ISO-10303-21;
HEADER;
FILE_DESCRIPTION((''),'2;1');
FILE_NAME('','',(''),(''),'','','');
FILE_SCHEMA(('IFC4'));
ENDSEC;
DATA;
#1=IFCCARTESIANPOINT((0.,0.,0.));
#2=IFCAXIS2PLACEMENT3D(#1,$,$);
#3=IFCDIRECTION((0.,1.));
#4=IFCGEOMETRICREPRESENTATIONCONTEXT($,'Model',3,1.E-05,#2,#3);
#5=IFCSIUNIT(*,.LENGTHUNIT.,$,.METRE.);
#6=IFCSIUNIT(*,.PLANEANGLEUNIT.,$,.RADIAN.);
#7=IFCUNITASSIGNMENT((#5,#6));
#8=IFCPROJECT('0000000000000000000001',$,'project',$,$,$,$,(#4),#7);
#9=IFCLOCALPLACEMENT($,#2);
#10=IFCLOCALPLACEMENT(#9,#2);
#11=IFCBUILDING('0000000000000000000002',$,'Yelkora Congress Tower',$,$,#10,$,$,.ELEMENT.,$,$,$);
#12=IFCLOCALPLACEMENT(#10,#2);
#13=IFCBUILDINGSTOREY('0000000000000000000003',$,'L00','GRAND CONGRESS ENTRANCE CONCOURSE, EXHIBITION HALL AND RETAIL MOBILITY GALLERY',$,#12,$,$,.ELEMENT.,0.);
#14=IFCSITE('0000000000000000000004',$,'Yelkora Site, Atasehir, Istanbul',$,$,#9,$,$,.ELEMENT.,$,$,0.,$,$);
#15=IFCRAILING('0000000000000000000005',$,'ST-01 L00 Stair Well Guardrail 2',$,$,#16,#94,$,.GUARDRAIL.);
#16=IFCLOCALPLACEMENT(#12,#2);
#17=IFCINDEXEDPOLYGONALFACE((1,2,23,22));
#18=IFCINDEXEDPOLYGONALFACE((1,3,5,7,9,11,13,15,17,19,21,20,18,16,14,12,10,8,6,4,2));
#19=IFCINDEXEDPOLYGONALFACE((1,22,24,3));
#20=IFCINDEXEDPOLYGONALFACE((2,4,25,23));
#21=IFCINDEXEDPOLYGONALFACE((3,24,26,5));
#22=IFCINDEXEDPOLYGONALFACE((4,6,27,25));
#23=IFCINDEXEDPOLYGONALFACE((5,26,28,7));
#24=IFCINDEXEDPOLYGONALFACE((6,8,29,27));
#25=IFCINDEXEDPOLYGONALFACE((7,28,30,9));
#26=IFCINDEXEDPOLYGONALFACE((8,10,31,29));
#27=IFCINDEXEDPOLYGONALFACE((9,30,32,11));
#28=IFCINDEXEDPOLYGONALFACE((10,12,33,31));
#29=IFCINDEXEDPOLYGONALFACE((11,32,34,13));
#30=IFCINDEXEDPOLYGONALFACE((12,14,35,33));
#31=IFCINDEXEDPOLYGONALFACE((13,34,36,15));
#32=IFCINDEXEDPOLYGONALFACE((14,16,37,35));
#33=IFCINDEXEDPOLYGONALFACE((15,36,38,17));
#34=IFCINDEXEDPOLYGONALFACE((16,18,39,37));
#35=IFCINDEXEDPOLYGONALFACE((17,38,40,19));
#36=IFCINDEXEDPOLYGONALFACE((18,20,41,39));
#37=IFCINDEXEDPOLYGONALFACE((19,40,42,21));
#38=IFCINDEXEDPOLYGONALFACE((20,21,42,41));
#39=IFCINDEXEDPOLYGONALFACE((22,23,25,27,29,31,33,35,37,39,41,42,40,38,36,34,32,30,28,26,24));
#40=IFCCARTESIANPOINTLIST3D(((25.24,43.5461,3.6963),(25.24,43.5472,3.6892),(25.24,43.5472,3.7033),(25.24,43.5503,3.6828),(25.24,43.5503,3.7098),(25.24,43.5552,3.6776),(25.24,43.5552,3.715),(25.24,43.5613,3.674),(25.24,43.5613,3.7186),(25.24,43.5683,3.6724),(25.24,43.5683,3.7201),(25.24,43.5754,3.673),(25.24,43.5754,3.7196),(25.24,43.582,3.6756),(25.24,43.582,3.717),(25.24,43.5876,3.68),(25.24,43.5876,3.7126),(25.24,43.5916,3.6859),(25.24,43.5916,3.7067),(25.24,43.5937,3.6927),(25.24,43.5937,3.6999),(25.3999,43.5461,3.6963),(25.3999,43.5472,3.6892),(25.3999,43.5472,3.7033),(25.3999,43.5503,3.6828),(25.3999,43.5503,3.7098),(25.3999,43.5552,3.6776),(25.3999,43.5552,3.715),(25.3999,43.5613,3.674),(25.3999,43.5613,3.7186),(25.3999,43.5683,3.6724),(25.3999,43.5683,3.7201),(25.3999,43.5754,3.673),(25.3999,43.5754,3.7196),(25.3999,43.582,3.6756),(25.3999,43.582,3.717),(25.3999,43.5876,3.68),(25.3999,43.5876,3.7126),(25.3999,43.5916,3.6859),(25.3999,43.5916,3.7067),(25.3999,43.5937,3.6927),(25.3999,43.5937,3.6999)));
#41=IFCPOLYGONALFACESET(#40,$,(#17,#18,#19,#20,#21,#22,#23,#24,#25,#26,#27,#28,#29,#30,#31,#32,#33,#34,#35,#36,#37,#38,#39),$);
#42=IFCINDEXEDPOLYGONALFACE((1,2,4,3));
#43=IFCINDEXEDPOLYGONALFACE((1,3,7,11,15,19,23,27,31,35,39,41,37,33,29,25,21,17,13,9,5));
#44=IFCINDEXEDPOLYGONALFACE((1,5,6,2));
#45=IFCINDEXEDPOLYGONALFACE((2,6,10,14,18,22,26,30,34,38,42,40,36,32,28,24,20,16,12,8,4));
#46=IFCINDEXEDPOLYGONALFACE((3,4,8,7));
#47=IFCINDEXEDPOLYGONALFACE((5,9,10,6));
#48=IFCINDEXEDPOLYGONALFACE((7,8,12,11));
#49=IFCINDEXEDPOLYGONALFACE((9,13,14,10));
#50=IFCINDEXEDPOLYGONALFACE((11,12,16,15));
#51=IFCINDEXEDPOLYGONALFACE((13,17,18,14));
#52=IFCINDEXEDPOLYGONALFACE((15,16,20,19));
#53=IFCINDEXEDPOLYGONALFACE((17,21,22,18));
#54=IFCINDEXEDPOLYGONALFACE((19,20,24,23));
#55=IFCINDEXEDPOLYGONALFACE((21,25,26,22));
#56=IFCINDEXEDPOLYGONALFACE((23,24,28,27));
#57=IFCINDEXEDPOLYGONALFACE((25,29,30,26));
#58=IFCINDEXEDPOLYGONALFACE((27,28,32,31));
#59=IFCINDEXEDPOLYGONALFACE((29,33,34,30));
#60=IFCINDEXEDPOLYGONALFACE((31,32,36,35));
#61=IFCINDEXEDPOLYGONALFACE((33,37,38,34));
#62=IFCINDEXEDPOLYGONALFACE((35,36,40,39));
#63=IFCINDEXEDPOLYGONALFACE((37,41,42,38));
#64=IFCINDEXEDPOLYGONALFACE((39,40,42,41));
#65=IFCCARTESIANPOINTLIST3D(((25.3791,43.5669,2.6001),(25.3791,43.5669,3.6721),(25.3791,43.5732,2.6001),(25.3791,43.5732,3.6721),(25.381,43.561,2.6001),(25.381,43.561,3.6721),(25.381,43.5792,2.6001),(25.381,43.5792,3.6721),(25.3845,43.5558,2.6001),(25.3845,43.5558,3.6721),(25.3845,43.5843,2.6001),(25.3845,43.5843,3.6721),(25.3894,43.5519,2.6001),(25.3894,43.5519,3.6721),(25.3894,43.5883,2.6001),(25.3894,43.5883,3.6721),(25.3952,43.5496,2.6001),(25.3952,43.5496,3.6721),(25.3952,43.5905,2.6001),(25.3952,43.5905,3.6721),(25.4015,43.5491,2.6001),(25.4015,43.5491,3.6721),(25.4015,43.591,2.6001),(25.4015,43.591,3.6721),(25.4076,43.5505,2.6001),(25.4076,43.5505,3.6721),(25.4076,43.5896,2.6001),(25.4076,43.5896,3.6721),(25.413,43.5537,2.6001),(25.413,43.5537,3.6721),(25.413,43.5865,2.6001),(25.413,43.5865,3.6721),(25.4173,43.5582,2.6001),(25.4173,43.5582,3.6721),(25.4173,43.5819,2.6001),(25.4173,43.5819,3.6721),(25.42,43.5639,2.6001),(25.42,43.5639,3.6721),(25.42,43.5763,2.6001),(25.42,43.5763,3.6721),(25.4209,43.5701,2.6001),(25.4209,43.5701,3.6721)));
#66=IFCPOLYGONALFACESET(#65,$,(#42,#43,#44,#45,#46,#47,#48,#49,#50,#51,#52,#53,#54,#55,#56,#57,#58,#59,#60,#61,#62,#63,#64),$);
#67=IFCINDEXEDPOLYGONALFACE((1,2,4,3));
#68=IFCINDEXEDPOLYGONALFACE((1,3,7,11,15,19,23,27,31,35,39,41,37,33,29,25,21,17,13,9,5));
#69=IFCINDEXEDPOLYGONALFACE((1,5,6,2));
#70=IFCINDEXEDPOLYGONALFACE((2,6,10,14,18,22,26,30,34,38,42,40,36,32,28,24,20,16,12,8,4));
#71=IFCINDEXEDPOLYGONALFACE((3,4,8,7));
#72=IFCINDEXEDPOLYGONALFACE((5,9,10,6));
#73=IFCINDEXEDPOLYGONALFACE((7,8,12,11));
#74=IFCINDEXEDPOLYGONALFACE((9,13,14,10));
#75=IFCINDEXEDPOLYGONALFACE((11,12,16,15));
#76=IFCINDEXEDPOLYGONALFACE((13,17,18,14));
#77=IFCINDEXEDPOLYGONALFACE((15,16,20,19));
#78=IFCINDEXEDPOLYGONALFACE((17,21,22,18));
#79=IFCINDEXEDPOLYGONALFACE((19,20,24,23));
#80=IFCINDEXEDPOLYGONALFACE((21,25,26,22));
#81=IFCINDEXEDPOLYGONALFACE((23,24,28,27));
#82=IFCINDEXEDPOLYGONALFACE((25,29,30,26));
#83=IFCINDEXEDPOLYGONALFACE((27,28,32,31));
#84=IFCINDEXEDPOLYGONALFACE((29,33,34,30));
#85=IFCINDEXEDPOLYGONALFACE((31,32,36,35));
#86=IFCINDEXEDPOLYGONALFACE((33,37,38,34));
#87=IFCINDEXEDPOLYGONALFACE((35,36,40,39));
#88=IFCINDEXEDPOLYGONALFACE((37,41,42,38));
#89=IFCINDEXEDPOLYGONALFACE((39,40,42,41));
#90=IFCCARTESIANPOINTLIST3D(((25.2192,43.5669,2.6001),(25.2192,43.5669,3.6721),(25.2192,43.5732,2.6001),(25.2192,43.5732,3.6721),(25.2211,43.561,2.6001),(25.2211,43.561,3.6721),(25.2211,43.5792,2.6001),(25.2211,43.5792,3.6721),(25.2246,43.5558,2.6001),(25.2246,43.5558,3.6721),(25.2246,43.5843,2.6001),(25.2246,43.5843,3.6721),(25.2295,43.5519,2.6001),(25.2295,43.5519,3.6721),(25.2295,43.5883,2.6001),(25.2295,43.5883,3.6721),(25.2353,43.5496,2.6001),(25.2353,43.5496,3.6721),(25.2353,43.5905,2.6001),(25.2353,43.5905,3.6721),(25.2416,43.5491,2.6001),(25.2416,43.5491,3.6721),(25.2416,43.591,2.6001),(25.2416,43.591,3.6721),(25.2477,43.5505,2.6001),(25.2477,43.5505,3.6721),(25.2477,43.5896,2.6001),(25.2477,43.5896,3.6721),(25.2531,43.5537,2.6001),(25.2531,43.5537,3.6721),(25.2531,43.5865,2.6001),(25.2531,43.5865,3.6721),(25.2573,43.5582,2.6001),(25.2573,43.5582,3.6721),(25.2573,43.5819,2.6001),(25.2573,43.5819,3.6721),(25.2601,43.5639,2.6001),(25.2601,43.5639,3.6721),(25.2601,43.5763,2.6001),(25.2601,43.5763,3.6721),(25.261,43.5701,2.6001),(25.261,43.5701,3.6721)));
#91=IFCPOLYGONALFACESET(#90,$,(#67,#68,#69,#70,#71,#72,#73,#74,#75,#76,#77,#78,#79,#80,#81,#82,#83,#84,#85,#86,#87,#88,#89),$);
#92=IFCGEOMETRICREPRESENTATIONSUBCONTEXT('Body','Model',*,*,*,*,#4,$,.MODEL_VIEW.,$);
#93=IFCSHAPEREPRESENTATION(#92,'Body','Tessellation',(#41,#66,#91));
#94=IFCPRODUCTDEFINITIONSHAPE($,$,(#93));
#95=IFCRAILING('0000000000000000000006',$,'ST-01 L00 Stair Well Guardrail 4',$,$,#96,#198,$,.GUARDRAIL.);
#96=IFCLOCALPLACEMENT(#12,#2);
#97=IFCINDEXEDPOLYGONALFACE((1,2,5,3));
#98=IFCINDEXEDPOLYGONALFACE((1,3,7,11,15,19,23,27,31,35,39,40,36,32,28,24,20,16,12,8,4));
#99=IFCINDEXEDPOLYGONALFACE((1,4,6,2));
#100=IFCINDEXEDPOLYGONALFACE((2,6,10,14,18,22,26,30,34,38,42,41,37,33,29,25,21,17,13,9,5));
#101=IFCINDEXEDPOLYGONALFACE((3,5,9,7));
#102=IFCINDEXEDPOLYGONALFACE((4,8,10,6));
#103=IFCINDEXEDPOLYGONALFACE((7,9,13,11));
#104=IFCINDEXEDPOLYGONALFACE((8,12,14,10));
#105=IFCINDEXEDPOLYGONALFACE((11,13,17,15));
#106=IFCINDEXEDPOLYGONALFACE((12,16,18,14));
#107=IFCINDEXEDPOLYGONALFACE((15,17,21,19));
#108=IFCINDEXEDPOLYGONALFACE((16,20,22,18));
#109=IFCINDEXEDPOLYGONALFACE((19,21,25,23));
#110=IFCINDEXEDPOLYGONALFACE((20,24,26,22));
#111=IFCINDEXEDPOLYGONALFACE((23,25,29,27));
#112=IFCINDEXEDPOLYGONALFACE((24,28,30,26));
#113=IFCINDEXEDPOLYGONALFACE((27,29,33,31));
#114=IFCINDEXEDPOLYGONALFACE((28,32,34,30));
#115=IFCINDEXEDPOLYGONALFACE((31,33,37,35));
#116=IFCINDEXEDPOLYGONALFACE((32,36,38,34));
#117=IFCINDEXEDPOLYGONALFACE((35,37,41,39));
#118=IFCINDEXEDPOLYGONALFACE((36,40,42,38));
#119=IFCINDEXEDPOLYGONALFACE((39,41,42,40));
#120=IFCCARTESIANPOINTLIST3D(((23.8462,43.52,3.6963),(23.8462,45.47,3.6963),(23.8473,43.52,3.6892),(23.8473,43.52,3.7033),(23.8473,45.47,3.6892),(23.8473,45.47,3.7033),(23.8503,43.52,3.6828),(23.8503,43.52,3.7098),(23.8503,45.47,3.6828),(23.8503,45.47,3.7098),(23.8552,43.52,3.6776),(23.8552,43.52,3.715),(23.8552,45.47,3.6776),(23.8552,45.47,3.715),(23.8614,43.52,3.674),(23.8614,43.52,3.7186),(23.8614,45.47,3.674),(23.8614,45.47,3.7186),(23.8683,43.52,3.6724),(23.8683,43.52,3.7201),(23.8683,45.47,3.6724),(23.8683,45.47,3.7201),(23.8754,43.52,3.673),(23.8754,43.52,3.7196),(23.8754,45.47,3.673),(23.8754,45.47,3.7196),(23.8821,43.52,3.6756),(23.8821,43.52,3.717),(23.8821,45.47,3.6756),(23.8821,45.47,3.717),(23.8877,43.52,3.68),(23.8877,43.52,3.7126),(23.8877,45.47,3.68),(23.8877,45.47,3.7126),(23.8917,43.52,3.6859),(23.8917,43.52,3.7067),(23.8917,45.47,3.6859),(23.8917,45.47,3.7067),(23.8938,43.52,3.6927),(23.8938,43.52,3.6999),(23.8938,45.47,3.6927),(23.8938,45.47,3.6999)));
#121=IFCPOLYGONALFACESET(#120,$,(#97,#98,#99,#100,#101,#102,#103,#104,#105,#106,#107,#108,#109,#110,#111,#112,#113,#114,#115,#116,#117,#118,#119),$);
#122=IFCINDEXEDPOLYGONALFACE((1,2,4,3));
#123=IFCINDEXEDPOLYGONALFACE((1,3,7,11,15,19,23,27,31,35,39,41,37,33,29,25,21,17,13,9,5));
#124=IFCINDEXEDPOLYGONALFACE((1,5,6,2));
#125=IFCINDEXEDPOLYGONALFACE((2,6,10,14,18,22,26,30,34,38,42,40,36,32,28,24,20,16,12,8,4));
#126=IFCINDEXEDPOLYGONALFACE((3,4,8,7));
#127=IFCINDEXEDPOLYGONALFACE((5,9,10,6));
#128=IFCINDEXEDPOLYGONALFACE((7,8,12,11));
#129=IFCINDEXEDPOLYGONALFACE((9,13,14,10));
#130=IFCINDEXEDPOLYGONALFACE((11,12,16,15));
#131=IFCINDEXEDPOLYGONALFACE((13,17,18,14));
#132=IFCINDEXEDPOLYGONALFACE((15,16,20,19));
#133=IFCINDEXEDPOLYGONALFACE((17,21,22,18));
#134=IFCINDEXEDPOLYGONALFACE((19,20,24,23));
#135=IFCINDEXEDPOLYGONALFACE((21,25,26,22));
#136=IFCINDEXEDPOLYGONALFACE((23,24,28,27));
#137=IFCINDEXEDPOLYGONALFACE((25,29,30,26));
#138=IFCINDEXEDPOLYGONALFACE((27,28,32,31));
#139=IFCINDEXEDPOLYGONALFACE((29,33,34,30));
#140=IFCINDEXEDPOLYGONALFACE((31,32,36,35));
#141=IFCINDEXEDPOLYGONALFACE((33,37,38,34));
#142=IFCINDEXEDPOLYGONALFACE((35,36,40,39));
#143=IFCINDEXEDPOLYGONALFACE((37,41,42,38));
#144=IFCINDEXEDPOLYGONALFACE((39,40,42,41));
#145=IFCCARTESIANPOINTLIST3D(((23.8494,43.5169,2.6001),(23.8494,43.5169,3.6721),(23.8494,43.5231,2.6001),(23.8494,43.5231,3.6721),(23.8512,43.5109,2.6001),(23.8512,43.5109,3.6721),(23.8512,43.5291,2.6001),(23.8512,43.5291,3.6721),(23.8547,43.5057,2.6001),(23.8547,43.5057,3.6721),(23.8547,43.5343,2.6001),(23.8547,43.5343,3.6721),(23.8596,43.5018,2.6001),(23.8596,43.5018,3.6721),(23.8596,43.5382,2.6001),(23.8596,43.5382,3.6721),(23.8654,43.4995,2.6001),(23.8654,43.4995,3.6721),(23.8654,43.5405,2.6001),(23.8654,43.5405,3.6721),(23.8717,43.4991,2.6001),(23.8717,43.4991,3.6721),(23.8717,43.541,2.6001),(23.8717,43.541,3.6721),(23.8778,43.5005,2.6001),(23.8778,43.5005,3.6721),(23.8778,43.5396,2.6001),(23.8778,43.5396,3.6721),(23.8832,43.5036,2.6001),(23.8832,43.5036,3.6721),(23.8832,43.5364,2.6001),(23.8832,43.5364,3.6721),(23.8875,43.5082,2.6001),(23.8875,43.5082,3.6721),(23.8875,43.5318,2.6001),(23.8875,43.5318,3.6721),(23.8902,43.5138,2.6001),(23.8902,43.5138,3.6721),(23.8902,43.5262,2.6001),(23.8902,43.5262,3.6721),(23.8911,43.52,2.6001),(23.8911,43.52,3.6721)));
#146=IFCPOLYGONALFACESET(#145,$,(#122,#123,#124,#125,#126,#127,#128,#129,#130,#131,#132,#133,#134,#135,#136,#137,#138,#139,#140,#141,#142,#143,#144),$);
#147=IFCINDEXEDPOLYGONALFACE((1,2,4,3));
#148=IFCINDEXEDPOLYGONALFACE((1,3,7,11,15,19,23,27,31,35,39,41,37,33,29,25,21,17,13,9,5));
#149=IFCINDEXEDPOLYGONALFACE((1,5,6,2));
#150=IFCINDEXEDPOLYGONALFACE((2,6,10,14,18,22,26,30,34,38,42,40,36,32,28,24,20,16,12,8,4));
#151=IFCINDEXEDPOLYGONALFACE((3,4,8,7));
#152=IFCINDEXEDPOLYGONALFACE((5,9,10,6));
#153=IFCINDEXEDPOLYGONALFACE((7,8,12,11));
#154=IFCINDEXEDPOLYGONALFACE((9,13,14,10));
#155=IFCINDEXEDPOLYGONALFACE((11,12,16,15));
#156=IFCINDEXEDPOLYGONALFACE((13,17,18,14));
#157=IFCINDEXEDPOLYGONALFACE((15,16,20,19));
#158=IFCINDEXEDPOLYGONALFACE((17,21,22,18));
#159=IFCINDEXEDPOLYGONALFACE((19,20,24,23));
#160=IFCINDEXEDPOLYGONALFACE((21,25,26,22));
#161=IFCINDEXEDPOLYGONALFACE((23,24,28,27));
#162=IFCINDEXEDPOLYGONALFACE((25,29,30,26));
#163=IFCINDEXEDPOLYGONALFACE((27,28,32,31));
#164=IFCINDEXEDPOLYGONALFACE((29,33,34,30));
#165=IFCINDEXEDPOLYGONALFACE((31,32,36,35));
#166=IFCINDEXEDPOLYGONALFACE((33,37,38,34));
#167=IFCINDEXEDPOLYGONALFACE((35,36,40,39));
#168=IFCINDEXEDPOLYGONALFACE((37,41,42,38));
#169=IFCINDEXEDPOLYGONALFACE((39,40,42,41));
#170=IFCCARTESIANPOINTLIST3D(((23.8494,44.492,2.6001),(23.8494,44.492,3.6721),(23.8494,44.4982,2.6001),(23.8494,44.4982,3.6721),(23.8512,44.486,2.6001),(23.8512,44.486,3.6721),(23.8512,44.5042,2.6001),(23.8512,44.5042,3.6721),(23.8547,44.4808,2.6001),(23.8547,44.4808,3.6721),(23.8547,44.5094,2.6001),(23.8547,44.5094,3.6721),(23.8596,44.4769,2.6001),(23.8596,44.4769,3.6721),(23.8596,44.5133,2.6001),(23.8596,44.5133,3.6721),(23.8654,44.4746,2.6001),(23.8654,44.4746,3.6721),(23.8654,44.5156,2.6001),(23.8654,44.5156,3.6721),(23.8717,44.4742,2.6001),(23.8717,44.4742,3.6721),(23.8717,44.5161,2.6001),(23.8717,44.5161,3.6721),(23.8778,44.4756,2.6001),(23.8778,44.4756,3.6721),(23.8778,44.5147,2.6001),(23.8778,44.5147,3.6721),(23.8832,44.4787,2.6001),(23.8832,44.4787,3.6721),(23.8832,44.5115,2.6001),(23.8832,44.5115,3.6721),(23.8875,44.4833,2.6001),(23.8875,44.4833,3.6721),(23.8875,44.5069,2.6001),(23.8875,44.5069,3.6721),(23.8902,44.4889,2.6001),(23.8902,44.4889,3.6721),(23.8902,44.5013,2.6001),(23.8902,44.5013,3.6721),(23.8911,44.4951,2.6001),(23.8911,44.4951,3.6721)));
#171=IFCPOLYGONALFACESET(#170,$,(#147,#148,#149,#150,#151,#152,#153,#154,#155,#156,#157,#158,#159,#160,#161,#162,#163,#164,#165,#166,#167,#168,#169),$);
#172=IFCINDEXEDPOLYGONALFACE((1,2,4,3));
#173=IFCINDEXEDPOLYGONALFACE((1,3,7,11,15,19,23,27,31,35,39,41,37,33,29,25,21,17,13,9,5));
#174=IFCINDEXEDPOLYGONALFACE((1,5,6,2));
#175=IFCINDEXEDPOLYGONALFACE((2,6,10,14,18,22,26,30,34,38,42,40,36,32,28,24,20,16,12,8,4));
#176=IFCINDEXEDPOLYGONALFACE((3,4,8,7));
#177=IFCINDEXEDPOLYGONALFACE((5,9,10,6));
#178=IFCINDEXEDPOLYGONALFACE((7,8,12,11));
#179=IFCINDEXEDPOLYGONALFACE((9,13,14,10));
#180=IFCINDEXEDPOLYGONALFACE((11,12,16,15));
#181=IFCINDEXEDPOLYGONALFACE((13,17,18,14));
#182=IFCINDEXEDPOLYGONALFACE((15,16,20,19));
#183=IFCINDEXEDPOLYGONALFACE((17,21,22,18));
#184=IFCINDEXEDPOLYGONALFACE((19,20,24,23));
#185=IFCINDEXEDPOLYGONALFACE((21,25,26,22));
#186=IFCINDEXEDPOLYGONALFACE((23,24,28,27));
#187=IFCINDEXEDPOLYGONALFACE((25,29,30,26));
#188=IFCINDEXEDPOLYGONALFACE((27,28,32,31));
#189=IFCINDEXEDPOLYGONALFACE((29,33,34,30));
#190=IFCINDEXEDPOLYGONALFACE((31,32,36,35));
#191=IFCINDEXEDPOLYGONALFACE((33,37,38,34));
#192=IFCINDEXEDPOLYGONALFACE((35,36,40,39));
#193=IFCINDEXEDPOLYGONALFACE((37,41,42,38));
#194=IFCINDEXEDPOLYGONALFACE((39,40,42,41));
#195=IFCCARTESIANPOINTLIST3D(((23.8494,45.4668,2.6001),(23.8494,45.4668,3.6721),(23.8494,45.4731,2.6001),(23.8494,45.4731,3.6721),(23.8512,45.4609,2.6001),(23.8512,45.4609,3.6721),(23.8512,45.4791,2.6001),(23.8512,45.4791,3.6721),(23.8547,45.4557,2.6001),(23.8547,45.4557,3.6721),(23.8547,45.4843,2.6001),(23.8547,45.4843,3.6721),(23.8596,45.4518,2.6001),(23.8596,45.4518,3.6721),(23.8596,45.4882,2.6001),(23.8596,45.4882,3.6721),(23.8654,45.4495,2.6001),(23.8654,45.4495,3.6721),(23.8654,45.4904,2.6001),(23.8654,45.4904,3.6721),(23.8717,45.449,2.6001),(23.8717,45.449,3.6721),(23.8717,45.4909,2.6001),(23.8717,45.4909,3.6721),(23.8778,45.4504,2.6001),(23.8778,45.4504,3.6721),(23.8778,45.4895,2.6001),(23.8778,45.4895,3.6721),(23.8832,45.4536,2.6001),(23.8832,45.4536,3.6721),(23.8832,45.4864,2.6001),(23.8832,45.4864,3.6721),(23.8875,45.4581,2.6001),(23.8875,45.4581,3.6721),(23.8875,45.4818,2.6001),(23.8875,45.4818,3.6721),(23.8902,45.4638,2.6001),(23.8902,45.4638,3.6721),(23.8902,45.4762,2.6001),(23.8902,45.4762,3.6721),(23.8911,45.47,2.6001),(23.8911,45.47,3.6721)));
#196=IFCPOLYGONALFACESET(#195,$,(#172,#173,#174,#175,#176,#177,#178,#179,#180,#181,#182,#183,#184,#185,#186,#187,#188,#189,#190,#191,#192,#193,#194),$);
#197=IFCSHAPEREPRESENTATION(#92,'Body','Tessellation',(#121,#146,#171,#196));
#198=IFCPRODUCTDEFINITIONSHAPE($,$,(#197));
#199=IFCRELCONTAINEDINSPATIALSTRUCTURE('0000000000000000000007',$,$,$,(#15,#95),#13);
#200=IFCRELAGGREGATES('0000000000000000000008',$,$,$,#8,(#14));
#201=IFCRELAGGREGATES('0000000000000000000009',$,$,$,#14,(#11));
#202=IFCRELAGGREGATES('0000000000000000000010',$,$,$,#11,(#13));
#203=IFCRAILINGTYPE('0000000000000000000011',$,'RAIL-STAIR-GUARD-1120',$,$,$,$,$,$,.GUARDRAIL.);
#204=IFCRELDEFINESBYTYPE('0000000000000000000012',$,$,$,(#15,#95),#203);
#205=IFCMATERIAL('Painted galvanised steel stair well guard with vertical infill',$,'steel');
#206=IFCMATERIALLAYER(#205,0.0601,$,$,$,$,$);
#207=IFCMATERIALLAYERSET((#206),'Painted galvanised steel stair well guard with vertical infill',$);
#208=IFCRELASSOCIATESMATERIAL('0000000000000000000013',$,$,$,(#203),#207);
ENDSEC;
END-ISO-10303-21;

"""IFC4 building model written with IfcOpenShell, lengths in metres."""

from ifc_helpers import new_model, si_unit, direction, frame, origin, origin_2d, place, context, subcontext, project, spatial, circle, extrude, material, layer, layer_set, type_object, element, save


model = new_model("IFC4")

# Units and contexts
model_context = context("Model", 3, precision=1e-05, world=origin(), true_north=direction((0.0, 1.0)))
body_context = subcontext(model_context, "Body", "Model", "MODEL_VIEW")
ifc_project = project(units=[si_unit("LENGTHUNIT", "METRE"), si_unit("PLANEANGLEUNIT", "RADIAN")], contexts=[model_context])

# Site, building, storey
site_placement = place(None, origin())
site = spatial("IfcSite", under=ifc_project, at=site_placement, Name="Yelkora Site, Atasehir, Istanbul", CompositionType="ELEMENT", RefElevation=0.0)
building_placement = place(site_placement, origin())
building = spatial("IfcBuilding", under=site, at=building_placement, Name="Yelkora Congress Tower", CompositionType="ELEMENT")
storey_placement = place(building_placement, origin())
storey = spatial("IfcBuildingStorey", under=building, at=storey_placement, Name="L00", Description="GRAND CONGRESS ENTRANCE CONCOURSE, EXHIBITION HALL AND RETAIL MOBILITY GALLERY", CompositionType="ELEMENT", Elevation=0.0)

# Railings
ifc_material_1 = material(Name="Painted galvanised steel stair well guard with vertical infill", Category="steel")
ifc_layer_1 = layer(ifc_material_1, 0.0601)
ifc_layer_set_1 = layer_set([ifc_layer_1], Name="Painted galvanised steel stair well guard with vertical infill")
railing_type_1 = type_object("IfcRailingType", Name="RAIL-STAIR-GUARD-1120", PredefinedType="GUARDRAIL", material=ifc_layer_set_1)
railing_1_placement = place(storey_placement, frame((25.3999, 43.5701, 2.6001)))
element("IfcRailing", 1, at=railing_1_placement, inside=storey, type_object=railing_type_1, Name="ST-01 L00 Stair Well Guardrail 2", PredefinedType="GUARDRAIL", context=body_context, shape_type="SweptSolid", body=[
    extrude(circle(Radius=0.0239, at=origin_2d()), frame((0.0, 0.0, 1.0962), z_axis=(-1.0, 0.0, 0.0), x_axis=(0.0, -1.0, 0.0)), (0.0, 0.0, 1.0), 0.1599),
    extrude(circle(Radius=0.021, at=origin_2d()), origin(), (0.0, 0.0, 1.0), 1.072),
    extrude(circle(Radius=0.021, at=origin_2d()), frame((-0.1599, 0.0, 0.0)), (0.0, 0.0, 1.0), 1.072),
])
railing_2_placement = place(storey_placement, frame((23.8701, 43.52, 2.6001)))
element("IfcRailing", 2, at=railing_2_placement, inside=storey, type_object=railing_type_1, Name="ST-01 L00 Stair Well Guardrail 4", PredefinedType="GUARDRAIL", context=body_context, shape_type="SweptSolid", body=[
    extrude(circle(Radius=0.0239, at=origin_2d()), frame((0.0, 0.0, 1.0962), z_axis=(0.0, 1.0, 0.0), x_axis=(-1.0, 0.0, 0.0)), (0.0, 0.0, 1.0), 1.95),
    extrude(circle(Radius=0.021, at=origin_2d()), origin(), (0.0, 0.0, 1.0), 1.072),
    extrude(circle(Radius=0.021, at=origin_2d()), frame((0.0, 0.9751, 0.0)), (0.0, 0.0, 1.0), 1.072),
    extrude(circle(Radius=0.021, at=origin_2d()), frame((0.0, 1.95, 0.0)), (0.0, 0.0, 1.0), 1.072),
])

save(model, "model.ifc")
